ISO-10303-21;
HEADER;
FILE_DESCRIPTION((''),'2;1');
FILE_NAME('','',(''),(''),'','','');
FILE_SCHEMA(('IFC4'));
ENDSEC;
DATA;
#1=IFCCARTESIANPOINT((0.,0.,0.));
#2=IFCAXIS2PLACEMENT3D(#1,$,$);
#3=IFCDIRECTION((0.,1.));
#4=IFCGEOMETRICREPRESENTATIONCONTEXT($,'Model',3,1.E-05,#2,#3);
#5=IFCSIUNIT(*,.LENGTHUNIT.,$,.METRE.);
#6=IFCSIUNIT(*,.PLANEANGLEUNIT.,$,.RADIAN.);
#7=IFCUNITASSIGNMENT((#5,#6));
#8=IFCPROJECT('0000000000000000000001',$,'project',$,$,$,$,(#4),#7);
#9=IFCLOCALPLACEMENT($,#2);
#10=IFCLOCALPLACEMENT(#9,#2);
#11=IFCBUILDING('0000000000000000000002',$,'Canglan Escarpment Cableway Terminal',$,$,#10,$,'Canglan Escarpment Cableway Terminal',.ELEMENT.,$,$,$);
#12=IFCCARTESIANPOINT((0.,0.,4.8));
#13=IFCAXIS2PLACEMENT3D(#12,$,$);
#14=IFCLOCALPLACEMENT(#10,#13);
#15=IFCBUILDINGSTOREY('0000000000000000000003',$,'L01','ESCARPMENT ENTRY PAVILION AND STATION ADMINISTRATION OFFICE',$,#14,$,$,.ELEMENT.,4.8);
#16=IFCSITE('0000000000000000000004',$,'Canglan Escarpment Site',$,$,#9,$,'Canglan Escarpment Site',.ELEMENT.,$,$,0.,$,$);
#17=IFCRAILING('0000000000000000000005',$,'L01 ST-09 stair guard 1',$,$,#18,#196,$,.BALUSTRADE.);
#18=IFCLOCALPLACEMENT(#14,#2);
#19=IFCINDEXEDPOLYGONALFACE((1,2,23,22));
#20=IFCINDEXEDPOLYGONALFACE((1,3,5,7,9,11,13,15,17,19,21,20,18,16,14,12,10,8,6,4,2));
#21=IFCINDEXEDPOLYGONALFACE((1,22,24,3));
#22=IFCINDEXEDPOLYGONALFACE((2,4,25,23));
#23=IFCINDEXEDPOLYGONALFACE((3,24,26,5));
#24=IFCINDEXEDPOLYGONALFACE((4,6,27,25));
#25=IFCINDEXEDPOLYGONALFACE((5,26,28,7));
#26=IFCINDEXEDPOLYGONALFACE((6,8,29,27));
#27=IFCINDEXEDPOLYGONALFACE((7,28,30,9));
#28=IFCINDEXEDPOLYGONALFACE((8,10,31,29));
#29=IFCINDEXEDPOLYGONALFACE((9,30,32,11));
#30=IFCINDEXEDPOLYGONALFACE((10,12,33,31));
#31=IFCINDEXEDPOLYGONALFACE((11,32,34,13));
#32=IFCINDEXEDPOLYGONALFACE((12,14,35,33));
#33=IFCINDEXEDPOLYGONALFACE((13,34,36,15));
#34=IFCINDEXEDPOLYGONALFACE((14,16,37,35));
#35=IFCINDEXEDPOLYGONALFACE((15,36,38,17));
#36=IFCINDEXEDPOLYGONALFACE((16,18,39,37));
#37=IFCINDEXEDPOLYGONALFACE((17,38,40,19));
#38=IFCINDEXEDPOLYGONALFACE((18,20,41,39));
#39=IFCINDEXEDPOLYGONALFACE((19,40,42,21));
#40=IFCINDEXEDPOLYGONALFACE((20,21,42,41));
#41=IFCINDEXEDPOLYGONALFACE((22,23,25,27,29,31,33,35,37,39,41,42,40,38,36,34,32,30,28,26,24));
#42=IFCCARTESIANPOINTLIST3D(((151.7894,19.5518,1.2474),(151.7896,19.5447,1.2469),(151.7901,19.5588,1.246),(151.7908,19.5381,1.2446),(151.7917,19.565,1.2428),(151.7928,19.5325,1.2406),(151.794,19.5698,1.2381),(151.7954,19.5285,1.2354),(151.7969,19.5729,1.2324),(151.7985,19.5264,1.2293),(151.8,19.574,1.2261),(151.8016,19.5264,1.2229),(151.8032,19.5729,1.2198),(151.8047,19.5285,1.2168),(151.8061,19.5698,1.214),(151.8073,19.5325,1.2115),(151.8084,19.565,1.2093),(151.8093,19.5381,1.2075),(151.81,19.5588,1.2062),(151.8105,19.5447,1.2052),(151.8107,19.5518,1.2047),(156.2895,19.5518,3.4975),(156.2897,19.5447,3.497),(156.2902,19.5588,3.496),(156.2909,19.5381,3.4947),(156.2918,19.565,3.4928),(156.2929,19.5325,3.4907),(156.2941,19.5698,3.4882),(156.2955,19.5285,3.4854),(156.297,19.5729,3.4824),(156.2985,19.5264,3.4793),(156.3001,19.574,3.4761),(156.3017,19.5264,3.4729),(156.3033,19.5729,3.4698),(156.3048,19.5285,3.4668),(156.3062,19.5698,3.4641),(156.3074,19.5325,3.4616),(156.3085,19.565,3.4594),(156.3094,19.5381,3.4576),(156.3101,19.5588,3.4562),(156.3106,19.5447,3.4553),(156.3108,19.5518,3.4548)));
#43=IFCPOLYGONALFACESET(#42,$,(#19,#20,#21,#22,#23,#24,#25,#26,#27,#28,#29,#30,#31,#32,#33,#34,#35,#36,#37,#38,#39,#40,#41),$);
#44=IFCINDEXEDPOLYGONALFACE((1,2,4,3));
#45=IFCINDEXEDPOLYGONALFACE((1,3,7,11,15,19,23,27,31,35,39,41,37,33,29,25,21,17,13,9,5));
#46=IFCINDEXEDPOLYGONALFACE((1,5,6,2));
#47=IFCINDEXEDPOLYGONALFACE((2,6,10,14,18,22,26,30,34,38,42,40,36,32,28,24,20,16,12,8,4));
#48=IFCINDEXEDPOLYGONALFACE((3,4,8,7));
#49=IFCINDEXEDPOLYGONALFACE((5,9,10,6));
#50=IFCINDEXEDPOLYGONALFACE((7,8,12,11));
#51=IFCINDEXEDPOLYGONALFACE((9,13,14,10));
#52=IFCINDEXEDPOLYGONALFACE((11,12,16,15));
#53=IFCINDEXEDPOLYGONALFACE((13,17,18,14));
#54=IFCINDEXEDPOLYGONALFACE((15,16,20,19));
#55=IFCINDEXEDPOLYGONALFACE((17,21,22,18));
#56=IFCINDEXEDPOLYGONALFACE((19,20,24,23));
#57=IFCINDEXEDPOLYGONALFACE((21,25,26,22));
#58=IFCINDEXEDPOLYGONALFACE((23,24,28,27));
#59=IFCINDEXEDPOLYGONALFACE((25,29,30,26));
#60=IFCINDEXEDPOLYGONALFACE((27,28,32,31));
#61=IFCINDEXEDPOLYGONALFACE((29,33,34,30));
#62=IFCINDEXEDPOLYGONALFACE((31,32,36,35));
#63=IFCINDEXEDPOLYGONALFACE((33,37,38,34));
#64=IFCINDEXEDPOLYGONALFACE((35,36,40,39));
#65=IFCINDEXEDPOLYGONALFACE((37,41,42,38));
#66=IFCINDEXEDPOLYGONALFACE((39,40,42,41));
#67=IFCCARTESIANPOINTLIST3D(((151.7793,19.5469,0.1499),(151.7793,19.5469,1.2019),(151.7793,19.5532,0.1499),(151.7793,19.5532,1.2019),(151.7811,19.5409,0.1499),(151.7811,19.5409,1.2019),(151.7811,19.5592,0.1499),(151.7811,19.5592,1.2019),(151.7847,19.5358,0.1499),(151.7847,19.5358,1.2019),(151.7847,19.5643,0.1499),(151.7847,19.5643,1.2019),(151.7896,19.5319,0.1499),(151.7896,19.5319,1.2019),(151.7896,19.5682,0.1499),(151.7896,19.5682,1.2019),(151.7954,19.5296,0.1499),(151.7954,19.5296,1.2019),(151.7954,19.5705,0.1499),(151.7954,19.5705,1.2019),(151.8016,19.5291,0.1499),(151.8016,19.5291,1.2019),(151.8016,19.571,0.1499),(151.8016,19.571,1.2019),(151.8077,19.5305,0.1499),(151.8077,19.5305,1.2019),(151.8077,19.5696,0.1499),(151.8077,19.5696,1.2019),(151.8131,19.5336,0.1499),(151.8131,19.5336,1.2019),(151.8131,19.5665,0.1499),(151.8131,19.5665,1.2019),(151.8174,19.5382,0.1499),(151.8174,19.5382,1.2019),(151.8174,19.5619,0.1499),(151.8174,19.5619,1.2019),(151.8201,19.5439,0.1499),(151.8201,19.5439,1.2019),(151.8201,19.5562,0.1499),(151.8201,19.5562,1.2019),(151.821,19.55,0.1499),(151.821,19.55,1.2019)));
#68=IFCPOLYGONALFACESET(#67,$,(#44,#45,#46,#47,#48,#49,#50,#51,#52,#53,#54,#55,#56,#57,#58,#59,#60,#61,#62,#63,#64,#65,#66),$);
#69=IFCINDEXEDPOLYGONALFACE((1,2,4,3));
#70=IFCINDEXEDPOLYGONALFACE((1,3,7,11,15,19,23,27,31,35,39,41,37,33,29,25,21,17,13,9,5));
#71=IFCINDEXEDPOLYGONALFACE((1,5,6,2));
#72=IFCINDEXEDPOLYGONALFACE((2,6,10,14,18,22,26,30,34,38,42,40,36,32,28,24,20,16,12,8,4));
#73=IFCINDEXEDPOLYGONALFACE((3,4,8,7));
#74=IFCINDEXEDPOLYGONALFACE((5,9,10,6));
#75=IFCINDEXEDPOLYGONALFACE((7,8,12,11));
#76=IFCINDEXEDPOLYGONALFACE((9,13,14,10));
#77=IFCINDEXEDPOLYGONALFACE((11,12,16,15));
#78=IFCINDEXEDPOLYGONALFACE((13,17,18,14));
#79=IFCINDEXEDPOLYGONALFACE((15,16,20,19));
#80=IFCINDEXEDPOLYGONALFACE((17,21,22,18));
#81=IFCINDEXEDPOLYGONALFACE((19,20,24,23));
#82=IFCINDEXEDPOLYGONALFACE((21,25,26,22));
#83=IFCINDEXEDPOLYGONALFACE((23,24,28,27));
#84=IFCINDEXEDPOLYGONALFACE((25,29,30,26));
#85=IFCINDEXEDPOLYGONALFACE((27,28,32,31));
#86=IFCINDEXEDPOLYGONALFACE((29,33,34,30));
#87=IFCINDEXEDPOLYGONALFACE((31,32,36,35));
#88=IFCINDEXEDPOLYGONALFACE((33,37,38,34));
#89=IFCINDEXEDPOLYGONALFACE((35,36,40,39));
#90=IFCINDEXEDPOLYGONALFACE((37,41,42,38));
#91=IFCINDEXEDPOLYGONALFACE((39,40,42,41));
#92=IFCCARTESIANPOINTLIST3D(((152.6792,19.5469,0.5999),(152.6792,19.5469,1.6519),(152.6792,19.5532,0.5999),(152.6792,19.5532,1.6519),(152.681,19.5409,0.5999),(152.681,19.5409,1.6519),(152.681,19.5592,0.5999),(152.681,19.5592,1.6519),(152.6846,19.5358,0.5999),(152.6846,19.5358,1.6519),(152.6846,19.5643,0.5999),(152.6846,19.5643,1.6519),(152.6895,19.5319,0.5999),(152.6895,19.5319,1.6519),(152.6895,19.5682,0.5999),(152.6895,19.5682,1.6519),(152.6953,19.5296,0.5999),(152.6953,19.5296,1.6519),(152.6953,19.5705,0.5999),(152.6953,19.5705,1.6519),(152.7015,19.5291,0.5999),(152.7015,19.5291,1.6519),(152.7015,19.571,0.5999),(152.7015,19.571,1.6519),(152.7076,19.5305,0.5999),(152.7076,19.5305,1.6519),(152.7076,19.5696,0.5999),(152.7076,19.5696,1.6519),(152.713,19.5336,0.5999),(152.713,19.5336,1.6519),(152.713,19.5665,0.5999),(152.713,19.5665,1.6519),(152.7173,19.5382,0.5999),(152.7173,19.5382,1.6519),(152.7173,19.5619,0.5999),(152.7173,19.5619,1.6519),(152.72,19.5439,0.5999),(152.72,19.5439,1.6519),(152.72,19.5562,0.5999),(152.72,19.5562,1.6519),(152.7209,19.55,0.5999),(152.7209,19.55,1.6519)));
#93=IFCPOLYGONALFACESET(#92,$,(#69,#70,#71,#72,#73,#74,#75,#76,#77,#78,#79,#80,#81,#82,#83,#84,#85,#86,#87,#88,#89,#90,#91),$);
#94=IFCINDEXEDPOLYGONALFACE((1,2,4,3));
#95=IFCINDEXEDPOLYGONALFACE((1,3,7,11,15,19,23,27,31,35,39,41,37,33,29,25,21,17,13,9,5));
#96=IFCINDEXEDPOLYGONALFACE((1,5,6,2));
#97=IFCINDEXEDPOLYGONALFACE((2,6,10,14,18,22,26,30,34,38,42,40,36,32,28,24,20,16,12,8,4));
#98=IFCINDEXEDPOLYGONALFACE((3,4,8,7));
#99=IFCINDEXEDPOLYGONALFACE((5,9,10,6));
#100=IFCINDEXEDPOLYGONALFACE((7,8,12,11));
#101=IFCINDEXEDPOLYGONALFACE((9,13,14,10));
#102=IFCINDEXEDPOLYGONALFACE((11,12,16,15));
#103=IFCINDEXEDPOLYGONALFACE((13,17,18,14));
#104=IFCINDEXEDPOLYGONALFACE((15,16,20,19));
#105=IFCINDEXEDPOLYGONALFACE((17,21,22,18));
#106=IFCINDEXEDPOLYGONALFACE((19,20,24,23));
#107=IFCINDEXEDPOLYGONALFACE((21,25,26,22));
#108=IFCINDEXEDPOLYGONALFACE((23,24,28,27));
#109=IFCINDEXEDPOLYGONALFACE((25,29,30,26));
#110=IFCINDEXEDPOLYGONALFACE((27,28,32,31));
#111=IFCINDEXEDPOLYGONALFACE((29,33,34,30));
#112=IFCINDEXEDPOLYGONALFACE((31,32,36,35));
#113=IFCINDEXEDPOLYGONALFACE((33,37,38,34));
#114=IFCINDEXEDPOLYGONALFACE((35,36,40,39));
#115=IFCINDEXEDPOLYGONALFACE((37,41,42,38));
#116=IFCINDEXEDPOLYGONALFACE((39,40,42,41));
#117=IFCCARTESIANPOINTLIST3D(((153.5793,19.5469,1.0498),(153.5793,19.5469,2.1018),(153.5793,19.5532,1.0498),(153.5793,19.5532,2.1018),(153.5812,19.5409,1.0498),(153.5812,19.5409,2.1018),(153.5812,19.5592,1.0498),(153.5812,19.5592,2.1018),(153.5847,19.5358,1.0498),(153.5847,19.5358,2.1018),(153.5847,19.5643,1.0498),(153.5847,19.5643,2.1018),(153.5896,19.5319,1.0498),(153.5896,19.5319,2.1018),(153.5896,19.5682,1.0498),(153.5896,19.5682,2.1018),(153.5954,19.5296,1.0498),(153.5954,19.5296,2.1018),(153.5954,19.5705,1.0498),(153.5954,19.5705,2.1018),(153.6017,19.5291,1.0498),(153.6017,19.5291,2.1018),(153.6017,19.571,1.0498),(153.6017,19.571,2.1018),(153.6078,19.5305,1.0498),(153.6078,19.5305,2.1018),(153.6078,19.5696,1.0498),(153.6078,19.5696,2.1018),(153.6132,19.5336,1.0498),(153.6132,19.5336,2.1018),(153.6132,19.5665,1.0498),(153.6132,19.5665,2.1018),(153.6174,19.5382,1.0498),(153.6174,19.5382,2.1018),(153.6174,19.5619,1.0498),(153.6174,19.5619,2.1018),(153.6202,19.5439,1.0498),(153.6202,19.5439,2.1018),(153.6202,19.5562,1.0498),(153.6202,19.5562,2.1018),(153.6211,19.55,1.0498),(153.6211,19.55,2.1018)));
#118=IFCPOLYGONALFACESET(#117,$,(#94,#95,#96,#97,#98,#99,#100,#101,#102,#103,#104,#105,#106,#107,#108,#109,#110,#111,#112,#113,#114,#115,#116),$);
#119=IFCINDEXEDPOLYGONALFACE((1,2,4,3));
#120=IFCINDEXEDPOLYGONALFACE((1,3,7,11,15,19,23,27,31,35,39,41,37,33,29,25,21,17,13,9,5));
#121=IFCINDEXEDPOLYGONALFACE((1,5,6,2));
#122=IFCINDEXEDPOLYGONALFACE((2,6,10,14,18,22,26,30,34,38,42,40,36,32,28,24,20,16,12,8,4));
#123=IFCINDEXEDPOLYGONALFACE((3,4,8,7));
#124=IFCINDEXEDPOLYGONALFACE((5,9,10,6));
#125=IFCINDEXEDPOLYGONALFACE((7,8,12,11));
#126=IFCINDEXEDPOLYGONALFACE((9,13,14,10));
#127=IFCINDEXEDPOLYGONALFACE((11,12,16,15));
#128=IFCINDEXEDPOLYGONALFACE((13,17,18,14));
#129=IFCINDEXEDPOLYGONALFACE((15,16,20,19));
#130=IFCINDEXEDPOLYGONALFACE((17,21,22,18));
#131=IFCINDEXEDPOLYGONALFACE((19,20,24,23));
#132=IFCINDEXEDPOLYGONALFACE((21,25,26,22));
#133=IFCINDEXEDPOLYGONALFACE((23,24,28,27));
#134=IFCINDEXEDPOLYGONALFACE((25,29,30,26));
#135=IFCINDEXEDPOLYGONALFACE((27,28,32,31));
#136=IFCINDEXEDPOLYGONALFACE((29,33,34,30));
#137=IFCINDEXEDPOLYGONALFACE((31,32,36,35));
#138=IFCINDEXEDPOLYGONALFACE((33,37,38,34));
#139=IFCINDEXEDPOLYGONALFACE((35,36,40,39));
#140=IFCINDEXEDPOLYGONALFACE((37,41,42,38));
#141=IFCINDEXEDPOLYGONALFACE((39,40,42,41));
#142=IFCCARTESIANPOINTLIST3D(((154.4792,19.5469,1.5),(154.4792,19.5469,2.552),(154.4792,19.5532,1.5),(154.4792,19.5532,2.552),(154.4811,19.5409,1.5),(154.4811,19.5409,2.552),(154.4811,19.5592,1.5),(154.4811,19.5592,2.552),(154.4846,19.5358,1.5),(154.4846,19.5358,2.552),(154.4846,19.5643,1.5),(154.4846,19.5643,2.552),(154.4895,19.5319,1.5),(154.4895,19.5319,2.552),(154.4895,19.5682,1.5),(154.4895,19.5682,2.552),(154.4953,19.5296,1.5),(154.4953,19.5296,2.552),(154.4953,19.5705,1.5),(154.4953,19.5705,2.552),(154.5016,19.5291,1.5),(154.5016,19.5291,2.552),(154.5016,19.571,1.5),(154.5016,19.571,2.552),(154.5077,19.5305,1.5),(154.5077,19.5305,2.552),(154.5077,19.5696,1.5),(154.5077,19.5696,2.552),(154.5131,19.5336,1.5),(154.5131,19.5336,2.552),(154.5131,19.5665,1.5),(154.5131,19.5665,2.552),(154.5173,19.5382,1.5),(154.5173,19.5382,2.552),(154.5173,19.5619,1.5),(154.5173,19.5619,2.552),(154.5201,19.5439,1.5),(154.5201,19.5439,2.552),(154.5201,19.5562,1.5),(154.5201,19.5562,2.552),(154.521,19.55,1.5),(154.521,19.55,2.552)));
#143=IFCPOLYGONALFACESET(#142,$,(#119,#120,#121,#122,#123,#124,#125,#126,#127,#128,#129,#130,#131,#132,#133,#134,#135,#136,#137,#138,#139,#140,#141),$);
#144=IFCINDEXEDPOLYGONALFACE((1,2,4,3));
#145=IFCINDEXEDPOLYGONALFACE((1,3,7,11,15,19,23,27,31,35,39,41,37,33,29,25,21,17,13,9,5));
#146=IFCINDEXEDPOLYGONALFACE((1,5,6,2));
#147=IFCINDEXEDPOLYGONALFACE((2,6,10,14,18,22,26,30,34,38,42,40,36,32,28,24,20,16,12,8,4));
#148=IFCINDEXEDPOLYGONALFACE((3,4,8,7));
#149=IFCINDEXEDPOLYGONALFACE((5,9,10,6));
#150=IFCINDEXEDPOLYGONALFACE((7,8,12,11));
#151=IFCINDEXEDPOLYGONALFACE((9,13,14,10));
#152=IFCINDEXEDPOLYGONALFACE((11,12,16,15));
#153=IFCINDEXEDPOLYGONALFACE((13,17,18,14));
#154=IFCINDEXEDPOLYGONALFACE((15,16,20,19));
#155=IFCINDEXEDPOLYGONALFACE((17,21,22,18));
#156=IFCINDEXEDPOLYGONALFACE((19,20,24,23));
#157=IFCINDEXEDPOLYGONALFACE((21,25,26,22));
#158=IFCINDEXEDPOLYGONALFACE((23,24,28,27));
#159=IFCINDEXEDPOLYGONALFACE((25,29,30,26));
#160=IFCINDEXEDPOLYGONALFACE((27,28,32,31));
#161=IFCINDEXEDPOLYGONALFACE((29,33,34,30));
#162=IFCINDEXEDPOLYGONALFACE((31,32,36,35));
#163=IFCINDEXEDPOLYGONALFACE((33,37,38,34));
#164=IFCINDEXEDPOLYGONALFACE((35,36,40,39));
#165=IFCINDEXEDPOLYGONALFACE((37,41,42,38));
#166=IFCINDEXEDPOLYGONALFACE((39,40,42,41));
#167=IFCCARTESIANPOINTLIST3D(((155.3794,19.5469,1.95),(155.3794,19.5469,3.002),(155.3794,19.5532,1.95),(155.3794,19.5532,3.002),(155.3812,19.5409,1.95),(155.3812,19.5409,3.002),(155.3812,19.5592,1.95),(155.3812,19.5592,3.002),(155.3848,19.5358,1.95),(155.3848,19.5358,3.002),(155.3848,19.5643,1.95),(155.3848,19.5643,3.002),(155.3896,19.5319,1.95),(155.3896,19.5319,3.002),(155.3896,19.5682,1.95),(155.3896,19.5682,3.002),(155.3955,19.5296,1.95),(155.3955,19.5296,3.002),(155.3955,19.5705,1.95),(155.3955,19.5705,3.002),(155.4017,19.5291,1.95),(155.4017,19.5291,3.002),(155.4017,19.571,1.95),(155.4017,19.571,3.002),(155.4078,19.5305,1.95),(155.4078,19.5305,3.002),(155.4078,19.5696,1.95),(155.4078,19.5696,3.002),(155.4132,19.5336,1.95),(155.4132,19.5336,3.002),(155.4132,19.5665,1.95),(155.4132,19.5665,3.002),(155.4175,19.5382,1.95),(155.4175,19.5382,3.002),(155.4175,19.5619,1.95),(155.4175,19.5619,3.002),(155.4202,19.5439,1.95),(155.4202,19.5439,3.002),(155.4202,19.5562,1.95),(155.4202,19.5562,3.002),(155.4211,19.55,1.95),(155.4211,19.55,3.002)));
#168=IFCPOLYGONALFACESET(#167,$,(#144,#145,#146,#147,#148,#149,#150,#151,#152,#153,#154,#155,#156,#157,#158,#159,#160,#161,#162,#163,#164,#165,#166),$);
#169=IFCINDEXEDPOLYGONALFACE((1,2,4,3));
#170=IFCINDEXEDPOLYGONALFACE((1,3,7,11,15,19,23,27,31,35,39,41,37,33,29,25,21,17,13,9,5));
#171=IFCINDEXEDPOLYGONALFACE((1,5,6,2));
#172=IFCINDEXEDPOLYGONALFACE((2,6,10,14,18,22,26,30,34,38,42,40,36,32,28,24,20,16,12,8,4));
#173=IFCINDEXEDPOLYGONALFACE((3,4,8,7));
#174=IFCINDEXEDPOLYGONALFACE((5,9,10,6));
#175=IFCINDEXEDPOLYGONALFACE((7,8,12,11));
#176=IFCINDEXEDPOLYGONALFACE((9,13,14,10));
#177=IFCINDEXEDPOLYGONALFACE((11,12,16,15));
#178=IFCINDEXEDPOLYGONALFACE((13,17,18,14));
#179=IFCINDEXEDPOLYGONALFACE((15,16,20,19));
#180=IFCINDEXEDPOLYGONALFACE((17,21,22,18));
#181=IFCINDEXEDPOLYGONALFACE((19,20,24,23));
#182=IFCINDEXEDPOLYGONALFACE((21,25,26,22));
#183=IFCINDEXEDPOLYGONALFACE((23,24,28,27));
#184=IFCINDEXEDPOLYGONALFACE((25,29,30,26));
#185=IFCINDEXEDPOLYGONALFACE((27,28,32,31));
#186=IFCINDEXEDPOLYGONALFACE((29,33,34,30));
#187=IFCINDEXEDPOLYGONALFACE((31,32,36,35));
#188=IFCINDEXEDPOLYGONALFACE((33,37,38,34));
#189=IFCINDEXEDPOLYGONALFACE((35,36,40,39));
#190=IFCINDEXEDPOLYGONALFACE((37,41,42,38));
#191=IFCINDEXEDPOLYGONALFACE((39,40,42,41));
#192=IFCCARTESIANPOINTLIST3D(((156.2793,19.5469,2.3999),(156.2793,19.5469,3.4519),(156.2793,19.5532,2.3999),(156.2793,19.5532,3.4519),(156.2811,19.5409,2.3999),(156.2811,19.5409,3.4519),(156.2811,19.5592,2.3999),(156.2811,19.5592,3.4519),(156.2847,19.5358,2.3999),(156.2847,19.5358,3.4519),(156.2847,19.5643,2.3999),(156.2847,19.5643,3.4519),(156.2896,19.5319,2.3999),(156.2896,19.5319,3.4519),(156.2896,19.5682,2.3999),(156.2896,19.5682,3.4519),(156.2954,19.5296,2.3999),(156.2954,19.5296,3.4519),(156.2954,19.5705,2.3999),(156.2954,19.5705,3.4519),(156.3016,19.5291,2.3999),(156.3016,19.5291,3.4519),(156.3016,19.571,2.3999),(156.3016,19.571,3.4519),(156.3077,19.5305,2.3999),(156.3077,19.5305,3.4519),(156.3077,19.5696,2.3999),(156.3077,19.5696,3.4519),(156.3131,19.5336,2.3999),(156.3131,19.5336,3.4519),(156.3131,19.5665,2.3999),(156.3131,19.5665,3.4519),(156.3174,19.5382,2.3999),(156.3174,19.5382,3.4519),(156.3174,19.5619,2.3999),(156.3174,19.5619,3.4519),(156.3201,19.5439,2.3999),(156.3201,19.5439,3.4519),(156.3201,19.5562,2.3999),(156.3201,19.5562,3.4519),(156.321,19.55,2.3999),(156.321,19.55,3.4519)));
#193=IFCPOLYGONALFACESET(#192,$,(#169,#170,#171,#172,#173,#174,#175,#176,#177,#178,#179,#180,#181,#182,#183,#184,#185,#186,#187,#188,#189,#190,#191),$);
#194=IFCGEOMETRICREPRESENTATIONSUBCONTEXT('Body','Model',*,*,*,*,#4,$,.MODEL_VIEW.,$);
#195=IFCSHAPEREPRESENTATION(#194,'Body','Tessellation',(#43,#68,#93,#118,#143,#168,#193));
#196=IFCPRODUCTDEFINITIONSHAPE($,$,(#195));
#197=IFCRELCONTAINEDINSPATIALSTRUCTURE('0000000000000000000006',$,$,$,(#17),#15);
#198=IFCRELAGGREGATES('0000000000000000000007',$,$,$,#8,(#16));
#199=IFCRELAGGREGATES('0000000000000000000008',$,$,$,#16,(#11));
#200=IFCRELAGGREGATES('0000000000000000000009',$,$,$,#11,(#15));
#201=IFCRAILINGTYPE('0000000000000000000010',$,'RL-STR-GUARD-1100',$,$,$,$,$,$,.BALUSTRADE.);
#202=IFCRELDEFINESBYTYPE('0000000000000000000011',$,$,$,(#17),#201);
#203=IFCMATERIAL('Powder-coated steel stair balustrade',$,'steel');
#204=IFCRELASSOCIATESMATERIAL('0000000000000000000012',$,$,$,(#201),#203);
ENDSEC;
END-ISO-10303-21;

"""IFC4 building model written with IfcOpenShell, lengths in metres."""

from ifc_helpers import new_model, si_unit, direction, frame, origin, origin_2d, place, context, subcontext, project, spatial, circle, extrude, material, type_object, element, save


model = new_model("IFC4")

# Units and contexts
model_context = context("Model", 3, precision=1e-05, world=origin(), true_north=direction((0.0, 1.0)))
body_context = subcontext(model_context, "Body", "Model", "MODEL_VIEW")
ifc_project = project(units=[si_unit("LENGTHUNIT", "METRE"), si_unit("PLANEANGLEUNIT", "RADIAN")], contexts=[model_context])

# Site, building, storey
site_placement = place(None, origin())
site = spatial("IfcSite", under=ifc_project, at=site_placement, Name="Canglan Escarpment Site", LongName="Canglan Escarpment Site", CompositionType="ELEMENT", RefElevation=0.0)
building_placement = place(site_placement, origin())
building = spatial("IfcBuilding", under=site, at=building_placement, Name="Canglan Escarpment Cableway Terminal", LongName="Canglan Escarpment Cableway Terminal", CompositionType="ELEMENT")
storey_placement = place(building_placement, frame((0.0, 0.0, 4.8)))
storey = spatial("IfcBuildingStorey", under=building, at=storey_placement, Name="L01", Description="ESCARPMENT ENTRY PAVILION AND STATION ADMINISTRATION OFFICE", CompositionType="ELEMENT", Elevation=4.8)

# Railing
ifc_material_1 = material(Name="Powder-coated steel stair balustrade", Category="steel")
railing_type_1 = type_object("IfcRailingType", Name="RL-STR-GUARD-1100", PredefinedType="BALUSTRADE", material=ifc_material_1)
railing_1_placement = place(storey_placement, frame((151.8, 19.55, 0.1499)))
element("IfcRailing", 1, at=railing_1_placement, inside=storey, type_object=railing_type_1, Name="L01 ST-09 stair guard 1", PredefinedType="BALUSTRADE", context=body_context, shape_type="SweptSolid", body=[
    extrude(circle(Radius=0.0239, at=origin_2d()), frame((0.0, 0.0, 1.0762), z_axis=(0.894427, 0.0, 0.447214), x_axis=(0.0, 1.0, 0.0)), (0.0, 0.0, 1.0), 5.0312),
    extrude(circle(Radius=0.021, at=origin_2d()), origin(), (0.0, 0.0, 1.0), 1.052),
    extrude(circle(Radius=0.021, at=origin_2d()), frame((0.8999, 0.0, 0.45)), (0.0, 0.0, 1.0), 1.052),
    extrude(circle(Radius=0.021, at=origin_2d()), frame((1.8, 0.0, 0.8999)), (0.0, 0.0, 1.0), 1.052),
    extrude(circle(Radius=0.021, at=origin_2d()), frame((2.7, 0.0, 1.3501)), (0.0, 0.0, 1.0), 1.052),
    extrude(circle(Radius=0.021, at=origin_2d()), frame((3.6001, 0.0, 1.8)), (0.0, 0.0, 1.0), 1.052),
    extrude(circle(Radius=0.021, at=origin_2d()), frame((4.5, 0.0, 2.25)), (0.0, 0.0, 1.0), 1.052),
])

save(model, "model.ifc")
